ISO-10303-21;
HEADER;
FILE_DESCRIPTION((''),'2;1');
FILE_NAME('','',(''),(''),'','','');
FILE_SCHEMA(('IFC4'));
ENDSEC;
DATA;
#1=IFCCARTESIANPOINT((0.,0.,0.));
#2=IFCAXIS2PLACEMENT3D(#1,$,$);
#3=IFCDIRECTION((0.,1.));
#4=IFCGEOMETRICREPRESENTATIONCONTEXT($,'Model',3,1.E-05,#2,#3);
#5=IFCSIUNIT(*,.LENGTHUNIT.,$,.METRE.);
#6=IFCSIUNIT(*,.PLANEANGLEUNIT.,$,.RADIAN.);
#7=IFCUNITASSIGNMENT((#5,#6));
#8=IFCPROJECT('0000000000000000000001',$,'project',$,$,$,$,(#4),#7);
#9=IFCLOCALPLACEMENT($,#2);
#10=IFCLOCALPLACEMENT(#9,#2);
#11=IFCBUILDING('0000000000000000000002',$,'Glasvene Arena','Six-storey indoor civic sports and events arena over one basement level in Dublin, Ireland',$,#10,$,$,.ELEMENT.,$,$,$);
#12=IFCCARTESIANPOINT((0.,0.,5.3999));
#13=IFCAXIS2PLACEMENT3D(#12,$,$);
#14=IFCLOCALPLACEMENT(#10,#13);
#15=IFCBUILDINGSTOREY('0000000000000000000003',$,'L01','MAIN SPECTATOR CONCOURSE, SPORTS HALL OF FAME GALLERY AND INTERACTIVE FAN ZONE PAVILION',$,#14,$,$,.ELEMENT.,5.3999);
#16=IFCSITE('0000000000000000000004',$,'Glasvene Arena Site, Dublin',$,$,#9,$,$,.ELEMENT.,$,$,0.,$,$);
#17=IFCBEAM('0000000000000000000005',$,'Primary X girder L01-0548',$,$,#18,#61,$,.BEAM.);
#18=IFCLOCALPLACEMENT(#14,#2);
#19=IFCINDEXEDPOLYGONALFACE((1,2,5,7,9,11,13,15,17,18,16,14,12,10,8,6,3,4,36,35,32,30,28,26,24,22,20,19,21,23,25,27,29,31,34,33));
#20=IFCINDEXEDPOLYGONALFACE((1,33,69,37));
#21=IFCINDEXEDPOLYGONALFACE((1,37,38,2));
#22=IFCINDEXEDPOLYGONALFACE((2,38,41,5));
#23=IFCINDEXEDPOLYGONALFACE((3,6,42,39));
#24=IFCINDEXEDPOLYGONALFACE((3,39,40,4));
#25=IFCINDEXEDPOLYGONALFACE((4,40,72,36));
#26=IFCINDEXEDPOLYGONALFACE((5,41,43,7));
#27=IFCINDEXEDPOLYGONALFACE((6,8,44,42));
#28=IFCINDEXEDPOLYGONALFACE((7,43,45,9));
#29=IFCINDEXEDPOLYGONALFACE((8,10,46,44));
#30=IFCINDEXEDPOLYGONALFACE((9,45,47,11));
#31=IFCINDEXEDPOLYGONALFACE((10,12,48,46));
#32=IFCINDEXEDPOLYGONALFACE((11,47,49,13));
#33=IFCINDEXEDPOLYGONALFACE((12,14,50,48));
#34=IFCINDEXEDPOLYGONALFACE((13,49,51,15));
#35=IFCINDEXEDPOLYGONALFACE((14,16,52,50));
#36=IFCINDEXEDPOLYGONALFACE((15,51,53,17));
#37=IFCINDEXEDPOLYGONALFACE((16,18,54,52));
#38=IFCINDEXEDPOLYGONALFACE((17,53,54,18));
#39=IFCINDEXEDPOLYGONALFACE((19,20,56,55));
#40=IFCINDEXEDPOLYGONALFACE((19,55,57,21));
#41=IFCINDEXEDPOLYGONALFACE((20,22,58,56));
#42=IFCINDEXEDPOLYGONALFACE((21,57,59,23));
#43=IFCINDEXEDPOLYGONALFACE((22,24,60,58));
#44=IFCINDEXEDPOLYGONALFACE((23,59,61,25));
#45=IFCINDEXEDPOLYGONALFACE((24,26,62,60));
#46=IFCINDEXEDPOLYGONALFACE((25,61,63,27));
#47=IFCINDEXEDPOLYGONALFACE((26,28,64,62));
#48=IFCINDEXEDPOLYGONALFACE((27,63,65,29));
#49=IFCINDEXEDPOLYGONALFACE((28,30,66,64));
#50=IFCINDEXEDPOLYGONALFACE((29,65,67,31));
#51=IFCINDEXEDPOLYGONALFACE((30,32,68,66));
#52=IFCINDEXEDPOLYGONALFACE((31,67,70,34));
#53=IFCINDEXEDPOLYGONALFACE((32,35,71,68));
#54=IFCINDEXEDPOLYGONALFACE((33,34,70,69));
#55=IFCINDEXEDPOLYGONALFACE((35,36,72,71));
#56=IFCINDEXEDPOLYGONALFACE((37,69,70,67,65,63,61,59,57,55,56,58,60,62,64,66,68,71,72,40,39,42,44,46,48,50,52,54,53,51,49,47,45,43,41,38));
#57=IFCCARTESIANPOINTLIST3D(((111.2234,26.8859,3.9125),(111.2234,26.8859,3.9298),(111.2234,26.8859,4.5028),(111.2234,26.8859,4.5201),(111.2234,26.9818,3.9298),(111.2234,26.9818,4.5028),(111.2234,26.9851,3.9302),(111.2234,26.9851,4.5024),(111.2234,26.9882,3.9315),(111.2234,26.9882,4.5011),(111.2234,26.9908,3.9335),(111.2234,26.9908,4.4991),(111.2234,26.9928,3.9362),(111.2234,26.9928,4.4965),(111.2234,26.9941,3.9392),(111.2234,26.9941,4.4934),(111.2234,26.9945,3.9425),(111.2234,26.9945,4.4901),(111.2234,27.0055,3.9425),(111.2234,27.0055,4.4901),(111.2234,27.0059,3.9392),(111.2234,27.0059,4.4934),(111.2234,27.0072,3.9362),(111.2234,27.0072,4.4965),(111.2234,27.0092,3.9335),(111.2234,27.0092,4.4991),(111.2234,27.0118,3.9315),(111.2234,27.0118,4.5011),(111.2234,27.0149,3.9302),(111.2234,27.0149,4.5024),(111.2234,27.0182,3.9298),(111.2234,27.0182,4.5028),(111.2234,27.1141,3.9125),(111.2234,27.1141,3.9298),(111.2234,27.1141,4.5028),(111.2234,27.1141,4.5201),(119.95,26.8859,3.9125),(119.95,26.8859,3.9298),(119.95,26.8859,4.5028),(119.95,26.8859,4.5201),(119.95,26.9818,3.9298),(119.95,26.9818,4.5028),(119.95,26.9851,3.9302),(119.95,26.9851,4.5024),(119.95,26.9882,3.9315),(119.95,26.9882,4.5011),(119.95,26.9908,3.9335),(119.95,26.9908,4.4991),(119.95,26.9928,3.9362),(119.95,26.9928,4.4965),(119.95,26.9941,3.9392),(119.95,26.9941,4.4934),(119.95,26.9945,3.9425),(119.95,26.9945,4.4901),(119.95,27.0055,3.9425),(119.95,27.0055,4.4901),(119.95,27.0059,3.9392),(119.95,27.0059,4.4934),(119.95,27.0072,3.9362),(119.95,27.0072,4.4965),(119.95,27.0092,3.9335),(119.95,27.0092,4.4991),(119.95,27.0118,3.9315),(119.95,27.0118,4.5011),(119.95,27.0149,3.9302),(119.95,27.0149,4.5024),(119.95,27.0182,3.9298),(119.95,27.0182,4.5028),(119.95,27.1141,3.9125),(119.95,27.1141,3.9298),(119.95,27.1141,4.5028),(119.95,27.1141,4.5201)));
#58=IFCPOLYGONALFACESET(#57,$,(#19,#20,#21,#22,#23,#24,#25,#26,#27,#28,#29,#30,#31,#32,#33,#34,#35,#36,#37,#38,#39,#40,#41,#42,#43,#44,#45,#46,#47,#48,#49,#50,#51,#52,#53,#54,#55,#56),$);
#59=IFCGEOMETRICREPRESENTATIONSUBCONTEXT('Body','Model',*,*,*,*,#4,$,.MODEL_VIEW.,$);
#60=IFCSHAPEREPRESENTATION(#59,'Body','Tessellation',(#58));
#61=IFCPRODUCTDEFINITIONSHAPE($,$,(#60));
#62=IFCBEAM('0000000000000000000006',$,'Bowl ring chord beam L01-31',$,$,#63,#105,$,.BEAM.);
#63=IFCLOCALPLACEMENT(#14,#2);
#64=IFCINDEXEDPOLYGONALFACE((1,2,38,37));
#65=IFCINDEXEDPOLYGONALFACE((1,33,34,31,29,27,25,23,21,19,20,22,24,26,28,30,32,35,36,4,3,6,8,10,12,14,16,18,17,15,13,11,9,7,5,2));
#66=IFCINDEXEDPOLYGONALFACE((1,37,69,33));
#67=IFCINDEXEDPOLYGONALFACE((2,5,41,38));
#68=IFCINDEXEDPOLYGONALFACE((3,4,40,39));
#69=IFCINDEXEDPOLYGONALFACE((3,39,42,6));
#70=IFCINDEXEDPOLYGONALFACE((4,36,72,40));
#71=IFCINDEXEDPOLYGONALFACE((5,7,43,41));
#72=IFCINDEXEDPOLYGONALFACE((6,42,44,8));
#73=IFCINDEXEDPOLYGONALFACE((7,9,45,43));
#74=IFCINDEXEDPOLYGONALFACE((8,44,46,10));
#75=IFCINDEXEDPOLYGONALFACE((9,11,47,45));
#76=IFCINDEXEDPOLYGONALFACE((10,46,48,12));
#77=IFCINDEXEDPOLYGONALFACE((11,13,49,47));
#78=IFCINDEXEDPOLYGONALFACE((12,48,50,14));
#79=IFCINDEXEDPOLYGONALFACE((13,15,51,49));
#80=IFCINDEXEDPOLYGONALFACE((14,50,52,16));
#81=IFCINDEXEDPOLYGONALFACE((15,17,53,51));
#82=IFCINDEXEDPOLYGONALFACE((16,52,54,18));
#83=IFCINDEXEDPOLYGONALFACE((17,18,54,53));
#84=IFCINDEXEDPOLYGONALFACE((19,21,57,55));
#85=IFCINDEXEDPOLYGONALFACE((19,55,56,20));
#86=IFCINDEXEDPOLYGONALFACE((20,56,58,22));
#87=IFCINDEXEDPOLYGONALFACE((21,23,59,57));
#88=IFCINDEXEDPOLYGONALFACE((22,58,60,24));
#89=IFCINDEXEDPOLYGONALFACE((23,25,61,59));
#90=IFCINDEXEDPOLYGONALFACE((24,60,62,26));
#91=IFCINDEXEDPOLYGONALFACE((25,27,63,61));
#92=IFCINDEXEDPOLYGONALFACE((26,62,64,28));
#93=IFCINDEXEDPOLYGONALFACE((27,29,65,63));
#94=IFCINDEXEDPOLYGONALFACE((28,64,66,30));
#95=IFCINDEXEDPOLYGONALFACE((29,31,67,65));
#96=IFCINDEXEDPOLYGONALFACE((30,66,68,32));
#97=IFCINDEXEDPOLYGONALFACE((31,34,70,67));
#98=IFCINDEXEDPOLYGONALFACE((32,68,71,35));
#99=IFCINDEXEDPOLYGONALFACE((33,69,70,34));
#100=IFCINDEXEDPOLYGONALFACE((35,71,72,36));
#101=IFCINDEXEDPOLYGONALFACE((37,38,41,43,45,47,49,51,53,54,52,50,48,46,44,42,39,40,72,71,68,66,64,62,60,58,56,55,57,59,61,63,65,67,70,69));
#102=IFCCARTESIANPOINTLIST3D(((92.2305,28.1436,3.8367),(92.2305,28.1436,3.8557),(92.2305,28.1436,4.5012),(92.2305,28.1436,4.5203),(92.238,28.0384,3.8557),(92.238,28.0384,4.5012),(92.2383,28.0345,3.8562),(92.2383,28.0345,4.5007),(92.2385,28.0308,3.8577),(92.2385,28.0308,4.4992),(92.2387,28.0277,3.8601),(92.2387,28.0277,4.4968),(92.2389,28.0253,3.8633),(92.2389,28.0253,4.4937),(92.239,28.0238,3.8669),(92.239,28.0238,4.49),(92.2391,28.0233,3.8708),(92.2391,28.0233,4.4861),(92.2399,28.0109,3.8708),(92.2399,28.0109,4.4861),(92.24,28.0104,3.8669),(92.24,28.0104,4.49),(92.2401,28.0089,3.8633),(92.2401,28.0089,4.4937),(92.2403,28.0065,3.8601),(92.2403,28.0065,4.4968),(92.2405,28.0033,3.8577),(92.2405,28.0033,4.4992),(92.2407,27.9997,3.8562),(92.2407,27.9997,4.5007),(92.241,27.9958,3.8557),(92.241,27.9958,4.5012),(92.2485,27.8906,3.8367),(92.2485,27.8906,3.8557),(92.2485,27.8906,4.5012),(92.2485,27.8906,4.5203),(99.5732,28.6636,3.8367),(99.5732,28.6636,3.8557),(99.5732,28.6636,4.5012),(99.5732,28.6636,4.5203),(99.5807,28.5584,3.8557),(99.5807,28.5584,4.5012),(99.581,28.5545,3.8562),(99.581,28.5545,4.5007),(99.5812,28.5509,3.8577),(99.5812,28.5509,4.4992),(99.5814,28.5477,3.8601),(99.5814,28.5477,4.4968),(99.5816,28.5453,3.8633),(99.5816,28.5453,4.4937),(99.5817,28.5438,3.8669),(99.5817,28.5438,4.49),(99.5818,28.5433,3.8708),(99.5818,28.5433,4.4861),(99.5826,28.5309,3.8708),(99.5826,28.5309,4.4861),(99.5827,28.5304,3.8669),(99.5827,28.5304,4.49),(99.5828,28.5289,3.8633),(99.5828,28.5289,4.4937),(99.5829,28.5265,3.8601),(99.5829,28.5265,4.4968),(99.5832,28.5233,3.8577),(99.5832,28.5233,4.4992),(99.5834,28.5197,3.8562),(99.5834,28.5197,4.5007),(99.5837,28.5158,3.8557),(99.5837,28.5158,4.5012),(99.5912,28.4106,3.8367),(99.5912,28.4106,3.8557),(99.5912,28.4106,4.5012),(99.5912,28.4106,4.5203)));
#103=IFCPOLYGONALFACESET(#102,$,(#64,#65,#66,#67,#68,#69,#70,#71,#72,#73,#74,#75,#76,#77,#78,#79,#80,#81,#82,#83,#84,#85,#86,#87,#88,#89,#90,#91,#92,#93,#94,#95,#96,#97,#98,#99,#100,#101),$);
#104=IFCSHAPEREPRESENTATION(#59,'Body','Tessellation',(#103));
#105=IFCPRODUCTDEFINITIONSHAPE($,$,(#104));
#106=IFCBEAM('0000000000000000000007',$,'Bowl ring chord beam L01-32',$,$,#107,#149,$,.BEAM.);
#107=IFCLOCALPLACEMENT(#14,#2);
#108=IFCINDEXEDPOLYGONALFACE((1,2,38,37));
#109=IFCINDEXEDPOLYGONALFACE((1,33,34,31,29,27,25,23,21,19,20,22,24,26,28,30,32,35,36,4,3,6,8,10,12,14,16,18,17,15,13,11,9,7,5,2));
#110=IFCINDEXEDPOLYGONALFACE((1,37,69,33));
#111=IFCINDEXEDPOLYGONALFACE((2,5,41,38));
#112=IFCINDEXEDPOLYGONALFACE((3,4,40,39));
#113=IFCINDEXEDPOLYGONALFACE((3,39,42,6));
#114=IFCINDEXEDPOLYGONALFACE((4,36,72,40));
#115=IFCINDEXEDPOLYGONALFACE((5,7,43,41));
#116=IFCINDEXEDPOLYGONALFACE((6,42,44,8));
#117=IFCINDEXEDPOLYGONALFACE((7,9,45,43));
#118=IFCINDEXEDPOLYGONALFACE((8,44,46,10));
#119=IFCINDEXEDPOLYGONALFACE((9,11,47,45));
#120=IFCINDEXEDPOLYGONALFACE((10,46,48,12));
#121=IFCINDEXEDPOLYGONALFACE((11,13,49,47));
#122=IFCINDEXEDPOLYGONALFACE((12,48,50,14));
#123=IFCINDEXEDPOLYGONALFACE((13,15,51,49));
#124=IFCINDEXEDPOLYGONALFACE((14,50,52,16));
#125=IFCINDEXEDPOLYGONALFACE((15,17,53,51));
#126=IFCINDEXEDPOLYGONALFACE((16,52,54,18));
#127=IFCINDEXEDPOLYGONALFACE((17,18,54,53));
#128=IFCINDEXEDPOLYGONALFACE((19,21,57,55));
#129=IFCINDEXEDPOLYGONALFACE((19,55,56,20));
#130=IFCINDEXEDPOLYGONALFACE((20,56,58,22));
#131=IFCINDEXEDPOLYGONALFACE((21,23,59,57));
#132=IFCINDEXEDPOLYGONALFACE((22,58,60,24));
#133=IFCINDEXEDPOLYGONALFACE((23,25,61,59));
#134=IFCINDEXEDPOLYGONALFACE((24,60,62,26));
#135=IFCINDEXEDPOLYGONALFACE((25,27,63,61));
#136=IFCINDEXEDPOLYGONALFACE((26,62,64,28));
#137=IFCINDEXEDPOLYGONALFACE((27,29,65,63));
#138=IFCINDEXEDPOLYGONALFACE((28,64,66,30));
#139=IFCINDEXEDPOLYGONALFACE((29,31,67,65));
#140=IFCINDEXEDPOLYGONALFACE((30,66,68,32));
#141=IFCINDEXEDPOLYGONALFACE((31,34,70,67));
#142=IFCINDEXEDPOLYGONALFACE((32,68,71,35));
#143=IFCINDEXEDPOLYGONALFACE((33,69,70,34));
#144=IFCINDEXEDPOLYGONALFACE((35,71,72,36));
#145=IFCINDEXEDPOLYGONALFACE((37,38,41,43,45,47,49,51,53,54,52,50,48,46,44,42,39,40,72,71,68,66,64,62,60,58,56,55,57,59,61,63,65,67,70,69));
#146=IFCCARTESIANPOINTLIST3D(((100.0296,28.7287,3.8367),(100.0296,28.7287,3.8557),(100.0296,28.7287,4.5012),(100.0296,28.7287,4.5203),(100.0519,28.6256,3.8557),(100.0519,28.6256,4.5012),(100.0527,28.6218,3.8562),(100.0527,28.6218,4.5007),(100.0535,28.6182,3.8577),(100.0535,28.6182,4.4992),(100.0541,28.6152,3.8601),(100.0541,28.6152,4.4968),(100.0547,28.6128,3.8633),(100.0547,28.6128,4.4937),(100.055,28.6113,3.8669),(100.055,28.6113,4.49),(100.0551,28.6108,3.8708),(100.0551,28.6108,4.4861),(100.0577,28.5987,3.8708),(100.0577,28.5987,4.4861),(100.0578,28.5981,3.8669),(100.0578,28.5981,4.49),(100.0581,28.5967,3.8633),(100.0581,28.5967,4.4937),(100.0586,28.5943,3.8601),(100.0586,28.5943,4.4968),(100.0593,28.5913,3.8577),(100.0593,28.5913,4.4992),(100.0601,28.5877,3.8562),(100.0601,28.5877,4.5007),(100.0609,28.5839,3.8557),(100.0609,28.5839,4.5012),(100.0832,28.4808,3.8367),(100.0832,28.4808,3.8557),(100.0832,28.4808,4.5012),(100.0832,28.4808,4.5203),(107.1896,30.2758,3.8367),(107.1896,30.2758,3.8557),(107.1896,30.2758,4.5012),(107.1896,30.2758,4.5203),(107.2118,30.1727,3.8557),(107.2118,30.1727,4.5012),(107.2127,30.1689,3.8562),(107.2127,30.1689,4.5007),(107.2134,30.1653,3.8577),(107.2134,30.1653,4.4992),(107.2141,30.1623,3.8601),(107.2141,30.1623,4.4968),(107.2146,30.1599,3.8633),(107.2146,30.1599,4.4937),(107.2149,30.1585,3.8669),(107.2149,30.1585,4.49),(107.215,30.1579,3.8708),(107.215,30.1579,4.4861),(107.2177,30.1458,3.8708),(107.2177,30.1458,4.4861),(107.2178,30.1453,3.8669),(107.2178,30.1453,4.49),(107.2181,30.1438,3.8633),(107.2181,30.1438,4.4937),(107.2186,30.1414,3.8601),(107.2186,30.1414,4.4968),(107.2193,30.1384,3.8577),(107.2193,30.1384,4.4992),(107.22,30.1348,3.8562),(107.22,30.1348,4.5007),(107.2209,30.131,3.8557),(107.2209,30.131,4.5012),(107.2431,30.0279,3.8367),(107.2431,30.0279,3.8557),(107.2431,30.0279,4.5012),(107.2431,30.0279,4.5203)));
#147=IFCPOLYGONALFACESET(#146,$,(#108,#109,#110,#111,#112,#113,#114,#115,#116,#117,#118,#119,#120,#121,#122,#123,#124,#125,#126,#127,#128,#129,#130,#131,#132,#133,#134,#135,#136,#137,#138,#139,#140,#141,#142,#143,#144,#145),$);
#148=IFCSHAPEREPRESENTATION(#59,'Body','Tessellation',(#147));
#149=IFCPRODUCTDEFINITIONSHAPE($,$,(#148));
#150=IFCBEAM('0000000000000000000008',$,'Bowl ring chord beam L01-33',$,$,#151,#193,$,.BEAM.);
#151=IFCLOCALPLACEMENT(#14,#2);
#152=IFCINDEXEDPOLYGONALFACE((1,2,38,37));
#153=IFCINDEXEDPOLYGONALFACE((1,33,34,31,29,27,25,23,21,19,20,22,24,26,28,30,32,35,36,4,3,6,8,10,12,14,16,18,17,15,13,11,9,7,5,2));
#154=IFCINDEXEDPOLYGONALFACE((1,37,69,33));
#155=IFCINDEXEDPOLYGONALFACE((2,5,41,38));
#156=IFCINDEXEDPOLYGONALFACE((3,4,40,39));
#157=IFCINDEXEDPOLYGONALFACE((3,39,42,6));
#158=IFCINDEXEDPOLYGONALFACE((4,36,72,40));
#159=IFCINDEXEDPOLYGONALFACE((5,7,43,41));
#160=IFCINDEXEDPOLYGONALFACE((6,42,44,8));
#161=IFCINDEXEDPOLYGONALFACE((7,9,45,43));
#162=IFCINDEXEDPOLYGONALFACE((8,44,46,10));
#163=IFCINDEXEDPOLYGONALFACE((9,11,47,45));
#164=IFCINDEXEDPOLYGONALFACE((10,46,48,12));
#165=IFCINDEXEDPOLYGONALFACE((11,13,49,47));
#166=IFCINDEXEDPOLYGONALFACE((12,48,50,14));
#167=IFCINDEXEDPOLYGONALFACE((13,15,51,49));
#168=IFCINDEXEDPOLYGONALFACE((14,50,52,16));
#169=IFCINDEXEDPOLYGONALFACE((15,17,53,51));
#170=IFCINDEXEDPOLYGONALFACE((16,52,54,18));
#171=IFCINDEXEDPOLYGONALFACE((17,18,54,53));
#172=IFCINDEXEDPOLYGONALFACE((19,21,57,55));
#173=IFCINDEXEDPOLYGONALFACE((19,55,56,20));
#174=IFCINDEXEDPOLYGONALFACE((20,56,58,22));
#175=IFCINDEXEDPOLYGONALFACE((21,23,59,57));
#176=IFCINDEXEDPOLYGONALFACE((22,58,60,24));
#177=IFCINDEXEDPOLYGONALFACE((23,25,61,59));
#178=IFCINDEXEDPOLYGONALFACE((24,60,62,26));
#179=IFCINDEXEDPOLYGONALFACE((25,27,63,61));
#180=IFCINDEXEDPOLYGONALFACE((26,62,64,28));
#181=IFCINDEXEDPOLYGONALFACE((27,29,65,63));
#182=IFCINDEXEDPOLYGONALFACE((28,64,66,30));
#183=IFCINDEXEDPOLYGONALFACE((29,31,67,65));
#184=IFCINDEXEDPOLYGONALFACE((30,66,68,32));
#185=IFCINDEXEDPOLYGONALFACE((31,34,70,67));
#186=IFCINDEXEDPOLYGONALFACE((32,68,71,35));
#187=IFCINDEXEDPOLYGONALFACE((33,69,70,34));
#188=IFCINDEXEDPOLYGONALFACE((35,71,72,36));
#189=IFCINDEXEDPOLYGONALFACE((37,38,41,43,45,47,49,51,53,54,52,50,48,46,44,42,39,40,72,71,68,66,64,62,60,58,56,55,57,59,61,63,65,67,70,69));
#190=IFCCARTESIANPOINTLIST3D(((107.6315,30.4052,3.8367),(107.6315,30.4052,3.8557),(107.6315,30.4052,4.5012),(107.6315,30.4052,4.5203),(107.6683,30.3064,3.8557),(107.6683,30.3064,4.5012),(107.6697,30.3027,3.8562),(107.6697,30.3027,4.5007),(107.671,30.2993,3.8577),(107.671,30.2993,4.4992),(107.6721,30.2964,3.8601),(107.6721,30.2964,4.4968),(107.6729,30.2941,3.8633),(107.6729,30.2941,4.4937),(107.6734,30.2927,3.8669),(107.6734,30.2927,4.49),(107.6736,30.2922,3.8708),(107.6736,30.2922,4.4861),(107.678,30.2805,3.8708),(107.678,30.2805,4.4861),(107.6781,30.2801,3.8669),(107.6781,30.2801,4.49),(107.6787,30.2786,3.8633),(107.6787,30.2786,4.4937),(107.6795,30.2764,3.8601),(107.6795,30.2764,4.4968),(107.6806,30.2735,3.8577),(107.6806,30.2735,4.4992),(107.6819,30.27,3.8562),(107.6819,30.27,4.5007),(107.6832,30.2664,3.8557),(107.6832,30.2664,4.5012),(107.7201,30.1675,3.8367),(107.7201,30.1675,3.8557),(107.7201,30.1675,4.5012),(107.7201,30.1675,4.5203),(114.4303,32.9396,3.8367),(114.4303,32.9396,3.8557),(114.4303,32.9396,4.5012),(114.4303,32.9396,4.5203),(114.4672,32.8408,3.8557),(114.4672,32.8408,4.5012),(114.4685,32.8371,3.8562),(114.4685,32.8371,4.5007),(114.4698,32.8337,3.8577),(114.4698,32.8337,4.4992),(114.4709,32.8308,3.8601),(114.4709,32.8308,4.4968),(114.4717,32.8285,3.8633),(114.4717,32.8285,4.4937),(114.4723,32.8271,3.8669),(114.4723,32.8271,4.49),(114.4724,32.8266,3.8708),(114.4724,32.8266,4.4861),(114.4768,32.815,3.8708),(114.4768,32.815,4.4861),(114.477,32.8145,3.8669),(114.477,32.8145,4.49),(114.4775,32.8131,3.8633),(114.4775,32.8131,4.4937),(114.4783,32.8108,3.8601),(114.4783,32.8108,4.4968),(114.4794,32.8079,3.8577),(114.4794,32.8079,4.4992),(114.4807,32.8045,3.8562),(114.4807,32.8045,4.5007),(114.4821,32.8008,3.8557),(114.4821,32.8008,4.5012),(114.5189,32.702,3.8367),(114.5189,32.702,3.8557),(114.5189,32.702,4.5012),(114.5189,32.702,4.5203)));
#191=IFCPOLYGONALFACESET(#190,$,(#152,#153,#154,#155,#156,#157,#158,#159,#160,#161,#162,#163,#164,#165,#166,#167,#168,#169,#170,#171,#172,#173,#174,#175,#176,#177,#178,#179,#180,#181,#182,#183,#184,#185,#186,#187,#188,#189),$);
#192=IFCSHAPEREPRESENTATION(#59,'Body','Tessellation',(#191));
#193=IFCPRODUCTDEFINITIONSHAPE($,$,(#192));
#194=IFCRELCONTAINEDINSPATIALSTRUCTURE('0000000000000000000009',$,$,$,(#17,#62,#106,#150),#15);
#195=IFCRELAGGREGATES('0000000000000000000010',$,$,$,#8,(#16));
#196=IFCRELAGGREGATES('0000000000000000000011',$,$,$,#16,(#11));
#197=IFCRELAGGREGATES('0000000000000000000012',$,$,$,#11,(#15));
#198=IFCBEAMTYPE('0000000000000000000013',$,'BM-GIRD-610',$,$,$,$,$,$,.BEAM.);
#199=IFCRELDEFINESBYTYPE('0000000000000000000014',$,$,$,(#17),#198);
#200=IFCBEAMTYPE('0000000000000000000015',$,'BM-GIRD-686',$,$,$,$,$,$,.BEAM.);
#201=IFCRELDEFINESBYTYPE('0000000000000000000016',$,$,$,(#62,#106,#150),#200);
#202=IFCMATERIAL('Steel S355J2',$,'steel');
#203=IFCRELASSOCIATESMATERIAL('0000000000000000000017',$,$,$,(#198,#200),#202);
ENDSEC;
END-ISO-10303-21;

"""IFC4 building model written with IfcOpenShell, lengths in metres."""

from ifc_helpers import new_model, si_unit, direction, frame, origin, origin_2d, place, context, subcontext, project, spatial, i_section, extrude, material, material_profile, profile_set, type_object, element, save


model = new_model("IFC4")

# Units and contexts
model_context = context("Model", 3, precision=1e-05, world=origin(), true_north=direction((0.0, 1.0)))
body_context = subcontext(model_context, "Body", "Model", "MODEL_VIEW")
ifc_project = project(units=[si_unit("LENGTHUNIT", "METRE"), si_unit("PLANEANGLEUNIT", "RADIAN")], contexts=[model_context])

# Site, building, storey
site_placement = place(None, origin())
site = spatial("IfcSite", under=ifc_project, at=site_placement, Name="Glasvene Arena Site, Dublin", CompositionType="ELEMENT", RefElevation=0.0)
building_placement = place(site_placement, origin())
building = spatial("IfcBuilding", under=site, at=building_placement, Name="Glasvene Arena", Description="Six-storey indoor civic sports and events arena over one basement level in Dublin, Ireland", CompositionType="ELEMENT")
storey_placement = place(building_placement, frame((0.0, 0.0, 5.3999)))
storey = spatial("IfcBuildingStorey", under=building, at=storey_placement, Name="L01", Description="MAIN SPECTATOR CONCOURSE, SPORTS HALL OF FAME GALLERY AND INTERACTIVE FAN ZONE PAVILION", CompositionType="ELEMENT", Elevation=5.3999)

# Shared definitions
ifc_material_1 = material(Name="Steel S355J2", Category="steel")

# Beams
ifc_material_profile_1 = material_profile(ifc_material_1, i_section(OverallWidth=0.2283, OverallDepth=0.6077, WebThickness=0.011, FlangeThickness=0.0173, FilletRadius=0.0127, at=origin_2d()), Name="UKB 610x229x113")
ifc_profile_set_1 = profile_set([ifc_material_profile_1], Name="Steel S355J2")
beam_type_1 = type_object("IfcBeamType", Name="BM-GIRD-610", PredefinedType="BEAM", material=ifc_profile_set_1)
beam_1_placement = place(storey_placement, frame((111.2234, 27.0, 4.2163), z_axis=(1.0, 0.0, 0.0), x_axis=(0.0, 1.0, 0.0)))
element("IfcBeam", 1, at=beam_1_placement, inside=storey, type_object=beam_type_1, Name="Primary X girder L01-0548", PredefinedType="BEAM", context=body_context, shape_type="SweptSolid", body=[
    extrude(i_section(OverallWidth=0.2283, OverallDepth=0.6077, WebThickness=0.011, FlangeThickness=0.0173, FilletRadius=0.0127, at=origin_2d()), origin(), (0.0, 0.0, 1.0), 8.7266),
])
ifc_material_profile_2 = material_profile(ifc_material_1, i_section(OverallWidth=0.2537, OverallDepth=0.6836, WebThickness=0.0125, FlangeThickness=0.019, FilletRadius=0.0151, at=origin_2d()), Name="UKB 686x254x140")
ifc_profile_set_2 = profile_set([ifc_material_profile_2], Name="Steel S355J2")
beam_type_2 = type_object("IfcBeamType", Name="BM-GIRD-686", PredefinedType="BEAM", material=ifc_profile_set_2)
beam_2_placement = place(storey_placement, frame((92.2395, 28.0171, 4.1785), z_axis=(0.997502, 0.070644, 0.0), x_axis=(-0.070644, 0.997502, 0.0)))
element("IfcBeam", 2, at=beam_2_placement, inside=storey, type_object=beam_type_2, Name="Bowl ring chord beam L01-31", PredefinedType="BEAM", context=body_context, shape_type="SweptSolid", body=[
    extrude(i_section(OverallWidth=0.2537, OverallDepth=0.6836, WebThickness=0.0125, FlangeThickness=0.019, FilletRadius=0.0151, at=origin_2d()), origin(), (0.0, 0.0, 1.0), 7.3611),
])
beam_3_placement = place(storey_placement, frame((100.0564, 28.6047, 4.1785), z_axis=(0.977442, 0.211206, 0.0), x_axis=(-0.211206, 0.977442, 0.0)))
element("IfcBeam", 3, at=beam_3_placement, inside=storey, type_object=beam_type_2, Name="Bowl ring chord beam L01-32", PredefinedType="BEAM", context=body_context, shape_type="SweptSolid", body=[
    extrude(i_section(OverallWidth=0.2537, OverallDepth=0.6836, WebThickness=0.0125, FlangeThickness=0.019, FilletRadius=0.0151, at=origin_2d()), origin(), (0.0, 0.0, 1.0), 7.3252),
])
beam_4_placement = place(storey_placement, frame((107.6758, 30.2864, 4.1785), z_axis=(0.937013, 0.349294, 0.0), x_axis=(-0.349294, 0.937013, 0.0)))
element("IfcBeam", 4, at=beam_4_placement, inside=storey, type_object=beam_type_2, Name="Bowl ring chord beam L01-33", PredefinedType="BEAM", context=body_context, shape_type="SweptSolid", body=[
    extrude(i_section(OverallWidth=0.2537, OverallDepth=0.6836, WebThickness=0.0125, FlangeThickness=0.019, FilletRadius=0.0151, at=origin_2d()), origin(), (0.0, 0.0, 1.0), 7.2559),
])

save(model, "model.ifc")
